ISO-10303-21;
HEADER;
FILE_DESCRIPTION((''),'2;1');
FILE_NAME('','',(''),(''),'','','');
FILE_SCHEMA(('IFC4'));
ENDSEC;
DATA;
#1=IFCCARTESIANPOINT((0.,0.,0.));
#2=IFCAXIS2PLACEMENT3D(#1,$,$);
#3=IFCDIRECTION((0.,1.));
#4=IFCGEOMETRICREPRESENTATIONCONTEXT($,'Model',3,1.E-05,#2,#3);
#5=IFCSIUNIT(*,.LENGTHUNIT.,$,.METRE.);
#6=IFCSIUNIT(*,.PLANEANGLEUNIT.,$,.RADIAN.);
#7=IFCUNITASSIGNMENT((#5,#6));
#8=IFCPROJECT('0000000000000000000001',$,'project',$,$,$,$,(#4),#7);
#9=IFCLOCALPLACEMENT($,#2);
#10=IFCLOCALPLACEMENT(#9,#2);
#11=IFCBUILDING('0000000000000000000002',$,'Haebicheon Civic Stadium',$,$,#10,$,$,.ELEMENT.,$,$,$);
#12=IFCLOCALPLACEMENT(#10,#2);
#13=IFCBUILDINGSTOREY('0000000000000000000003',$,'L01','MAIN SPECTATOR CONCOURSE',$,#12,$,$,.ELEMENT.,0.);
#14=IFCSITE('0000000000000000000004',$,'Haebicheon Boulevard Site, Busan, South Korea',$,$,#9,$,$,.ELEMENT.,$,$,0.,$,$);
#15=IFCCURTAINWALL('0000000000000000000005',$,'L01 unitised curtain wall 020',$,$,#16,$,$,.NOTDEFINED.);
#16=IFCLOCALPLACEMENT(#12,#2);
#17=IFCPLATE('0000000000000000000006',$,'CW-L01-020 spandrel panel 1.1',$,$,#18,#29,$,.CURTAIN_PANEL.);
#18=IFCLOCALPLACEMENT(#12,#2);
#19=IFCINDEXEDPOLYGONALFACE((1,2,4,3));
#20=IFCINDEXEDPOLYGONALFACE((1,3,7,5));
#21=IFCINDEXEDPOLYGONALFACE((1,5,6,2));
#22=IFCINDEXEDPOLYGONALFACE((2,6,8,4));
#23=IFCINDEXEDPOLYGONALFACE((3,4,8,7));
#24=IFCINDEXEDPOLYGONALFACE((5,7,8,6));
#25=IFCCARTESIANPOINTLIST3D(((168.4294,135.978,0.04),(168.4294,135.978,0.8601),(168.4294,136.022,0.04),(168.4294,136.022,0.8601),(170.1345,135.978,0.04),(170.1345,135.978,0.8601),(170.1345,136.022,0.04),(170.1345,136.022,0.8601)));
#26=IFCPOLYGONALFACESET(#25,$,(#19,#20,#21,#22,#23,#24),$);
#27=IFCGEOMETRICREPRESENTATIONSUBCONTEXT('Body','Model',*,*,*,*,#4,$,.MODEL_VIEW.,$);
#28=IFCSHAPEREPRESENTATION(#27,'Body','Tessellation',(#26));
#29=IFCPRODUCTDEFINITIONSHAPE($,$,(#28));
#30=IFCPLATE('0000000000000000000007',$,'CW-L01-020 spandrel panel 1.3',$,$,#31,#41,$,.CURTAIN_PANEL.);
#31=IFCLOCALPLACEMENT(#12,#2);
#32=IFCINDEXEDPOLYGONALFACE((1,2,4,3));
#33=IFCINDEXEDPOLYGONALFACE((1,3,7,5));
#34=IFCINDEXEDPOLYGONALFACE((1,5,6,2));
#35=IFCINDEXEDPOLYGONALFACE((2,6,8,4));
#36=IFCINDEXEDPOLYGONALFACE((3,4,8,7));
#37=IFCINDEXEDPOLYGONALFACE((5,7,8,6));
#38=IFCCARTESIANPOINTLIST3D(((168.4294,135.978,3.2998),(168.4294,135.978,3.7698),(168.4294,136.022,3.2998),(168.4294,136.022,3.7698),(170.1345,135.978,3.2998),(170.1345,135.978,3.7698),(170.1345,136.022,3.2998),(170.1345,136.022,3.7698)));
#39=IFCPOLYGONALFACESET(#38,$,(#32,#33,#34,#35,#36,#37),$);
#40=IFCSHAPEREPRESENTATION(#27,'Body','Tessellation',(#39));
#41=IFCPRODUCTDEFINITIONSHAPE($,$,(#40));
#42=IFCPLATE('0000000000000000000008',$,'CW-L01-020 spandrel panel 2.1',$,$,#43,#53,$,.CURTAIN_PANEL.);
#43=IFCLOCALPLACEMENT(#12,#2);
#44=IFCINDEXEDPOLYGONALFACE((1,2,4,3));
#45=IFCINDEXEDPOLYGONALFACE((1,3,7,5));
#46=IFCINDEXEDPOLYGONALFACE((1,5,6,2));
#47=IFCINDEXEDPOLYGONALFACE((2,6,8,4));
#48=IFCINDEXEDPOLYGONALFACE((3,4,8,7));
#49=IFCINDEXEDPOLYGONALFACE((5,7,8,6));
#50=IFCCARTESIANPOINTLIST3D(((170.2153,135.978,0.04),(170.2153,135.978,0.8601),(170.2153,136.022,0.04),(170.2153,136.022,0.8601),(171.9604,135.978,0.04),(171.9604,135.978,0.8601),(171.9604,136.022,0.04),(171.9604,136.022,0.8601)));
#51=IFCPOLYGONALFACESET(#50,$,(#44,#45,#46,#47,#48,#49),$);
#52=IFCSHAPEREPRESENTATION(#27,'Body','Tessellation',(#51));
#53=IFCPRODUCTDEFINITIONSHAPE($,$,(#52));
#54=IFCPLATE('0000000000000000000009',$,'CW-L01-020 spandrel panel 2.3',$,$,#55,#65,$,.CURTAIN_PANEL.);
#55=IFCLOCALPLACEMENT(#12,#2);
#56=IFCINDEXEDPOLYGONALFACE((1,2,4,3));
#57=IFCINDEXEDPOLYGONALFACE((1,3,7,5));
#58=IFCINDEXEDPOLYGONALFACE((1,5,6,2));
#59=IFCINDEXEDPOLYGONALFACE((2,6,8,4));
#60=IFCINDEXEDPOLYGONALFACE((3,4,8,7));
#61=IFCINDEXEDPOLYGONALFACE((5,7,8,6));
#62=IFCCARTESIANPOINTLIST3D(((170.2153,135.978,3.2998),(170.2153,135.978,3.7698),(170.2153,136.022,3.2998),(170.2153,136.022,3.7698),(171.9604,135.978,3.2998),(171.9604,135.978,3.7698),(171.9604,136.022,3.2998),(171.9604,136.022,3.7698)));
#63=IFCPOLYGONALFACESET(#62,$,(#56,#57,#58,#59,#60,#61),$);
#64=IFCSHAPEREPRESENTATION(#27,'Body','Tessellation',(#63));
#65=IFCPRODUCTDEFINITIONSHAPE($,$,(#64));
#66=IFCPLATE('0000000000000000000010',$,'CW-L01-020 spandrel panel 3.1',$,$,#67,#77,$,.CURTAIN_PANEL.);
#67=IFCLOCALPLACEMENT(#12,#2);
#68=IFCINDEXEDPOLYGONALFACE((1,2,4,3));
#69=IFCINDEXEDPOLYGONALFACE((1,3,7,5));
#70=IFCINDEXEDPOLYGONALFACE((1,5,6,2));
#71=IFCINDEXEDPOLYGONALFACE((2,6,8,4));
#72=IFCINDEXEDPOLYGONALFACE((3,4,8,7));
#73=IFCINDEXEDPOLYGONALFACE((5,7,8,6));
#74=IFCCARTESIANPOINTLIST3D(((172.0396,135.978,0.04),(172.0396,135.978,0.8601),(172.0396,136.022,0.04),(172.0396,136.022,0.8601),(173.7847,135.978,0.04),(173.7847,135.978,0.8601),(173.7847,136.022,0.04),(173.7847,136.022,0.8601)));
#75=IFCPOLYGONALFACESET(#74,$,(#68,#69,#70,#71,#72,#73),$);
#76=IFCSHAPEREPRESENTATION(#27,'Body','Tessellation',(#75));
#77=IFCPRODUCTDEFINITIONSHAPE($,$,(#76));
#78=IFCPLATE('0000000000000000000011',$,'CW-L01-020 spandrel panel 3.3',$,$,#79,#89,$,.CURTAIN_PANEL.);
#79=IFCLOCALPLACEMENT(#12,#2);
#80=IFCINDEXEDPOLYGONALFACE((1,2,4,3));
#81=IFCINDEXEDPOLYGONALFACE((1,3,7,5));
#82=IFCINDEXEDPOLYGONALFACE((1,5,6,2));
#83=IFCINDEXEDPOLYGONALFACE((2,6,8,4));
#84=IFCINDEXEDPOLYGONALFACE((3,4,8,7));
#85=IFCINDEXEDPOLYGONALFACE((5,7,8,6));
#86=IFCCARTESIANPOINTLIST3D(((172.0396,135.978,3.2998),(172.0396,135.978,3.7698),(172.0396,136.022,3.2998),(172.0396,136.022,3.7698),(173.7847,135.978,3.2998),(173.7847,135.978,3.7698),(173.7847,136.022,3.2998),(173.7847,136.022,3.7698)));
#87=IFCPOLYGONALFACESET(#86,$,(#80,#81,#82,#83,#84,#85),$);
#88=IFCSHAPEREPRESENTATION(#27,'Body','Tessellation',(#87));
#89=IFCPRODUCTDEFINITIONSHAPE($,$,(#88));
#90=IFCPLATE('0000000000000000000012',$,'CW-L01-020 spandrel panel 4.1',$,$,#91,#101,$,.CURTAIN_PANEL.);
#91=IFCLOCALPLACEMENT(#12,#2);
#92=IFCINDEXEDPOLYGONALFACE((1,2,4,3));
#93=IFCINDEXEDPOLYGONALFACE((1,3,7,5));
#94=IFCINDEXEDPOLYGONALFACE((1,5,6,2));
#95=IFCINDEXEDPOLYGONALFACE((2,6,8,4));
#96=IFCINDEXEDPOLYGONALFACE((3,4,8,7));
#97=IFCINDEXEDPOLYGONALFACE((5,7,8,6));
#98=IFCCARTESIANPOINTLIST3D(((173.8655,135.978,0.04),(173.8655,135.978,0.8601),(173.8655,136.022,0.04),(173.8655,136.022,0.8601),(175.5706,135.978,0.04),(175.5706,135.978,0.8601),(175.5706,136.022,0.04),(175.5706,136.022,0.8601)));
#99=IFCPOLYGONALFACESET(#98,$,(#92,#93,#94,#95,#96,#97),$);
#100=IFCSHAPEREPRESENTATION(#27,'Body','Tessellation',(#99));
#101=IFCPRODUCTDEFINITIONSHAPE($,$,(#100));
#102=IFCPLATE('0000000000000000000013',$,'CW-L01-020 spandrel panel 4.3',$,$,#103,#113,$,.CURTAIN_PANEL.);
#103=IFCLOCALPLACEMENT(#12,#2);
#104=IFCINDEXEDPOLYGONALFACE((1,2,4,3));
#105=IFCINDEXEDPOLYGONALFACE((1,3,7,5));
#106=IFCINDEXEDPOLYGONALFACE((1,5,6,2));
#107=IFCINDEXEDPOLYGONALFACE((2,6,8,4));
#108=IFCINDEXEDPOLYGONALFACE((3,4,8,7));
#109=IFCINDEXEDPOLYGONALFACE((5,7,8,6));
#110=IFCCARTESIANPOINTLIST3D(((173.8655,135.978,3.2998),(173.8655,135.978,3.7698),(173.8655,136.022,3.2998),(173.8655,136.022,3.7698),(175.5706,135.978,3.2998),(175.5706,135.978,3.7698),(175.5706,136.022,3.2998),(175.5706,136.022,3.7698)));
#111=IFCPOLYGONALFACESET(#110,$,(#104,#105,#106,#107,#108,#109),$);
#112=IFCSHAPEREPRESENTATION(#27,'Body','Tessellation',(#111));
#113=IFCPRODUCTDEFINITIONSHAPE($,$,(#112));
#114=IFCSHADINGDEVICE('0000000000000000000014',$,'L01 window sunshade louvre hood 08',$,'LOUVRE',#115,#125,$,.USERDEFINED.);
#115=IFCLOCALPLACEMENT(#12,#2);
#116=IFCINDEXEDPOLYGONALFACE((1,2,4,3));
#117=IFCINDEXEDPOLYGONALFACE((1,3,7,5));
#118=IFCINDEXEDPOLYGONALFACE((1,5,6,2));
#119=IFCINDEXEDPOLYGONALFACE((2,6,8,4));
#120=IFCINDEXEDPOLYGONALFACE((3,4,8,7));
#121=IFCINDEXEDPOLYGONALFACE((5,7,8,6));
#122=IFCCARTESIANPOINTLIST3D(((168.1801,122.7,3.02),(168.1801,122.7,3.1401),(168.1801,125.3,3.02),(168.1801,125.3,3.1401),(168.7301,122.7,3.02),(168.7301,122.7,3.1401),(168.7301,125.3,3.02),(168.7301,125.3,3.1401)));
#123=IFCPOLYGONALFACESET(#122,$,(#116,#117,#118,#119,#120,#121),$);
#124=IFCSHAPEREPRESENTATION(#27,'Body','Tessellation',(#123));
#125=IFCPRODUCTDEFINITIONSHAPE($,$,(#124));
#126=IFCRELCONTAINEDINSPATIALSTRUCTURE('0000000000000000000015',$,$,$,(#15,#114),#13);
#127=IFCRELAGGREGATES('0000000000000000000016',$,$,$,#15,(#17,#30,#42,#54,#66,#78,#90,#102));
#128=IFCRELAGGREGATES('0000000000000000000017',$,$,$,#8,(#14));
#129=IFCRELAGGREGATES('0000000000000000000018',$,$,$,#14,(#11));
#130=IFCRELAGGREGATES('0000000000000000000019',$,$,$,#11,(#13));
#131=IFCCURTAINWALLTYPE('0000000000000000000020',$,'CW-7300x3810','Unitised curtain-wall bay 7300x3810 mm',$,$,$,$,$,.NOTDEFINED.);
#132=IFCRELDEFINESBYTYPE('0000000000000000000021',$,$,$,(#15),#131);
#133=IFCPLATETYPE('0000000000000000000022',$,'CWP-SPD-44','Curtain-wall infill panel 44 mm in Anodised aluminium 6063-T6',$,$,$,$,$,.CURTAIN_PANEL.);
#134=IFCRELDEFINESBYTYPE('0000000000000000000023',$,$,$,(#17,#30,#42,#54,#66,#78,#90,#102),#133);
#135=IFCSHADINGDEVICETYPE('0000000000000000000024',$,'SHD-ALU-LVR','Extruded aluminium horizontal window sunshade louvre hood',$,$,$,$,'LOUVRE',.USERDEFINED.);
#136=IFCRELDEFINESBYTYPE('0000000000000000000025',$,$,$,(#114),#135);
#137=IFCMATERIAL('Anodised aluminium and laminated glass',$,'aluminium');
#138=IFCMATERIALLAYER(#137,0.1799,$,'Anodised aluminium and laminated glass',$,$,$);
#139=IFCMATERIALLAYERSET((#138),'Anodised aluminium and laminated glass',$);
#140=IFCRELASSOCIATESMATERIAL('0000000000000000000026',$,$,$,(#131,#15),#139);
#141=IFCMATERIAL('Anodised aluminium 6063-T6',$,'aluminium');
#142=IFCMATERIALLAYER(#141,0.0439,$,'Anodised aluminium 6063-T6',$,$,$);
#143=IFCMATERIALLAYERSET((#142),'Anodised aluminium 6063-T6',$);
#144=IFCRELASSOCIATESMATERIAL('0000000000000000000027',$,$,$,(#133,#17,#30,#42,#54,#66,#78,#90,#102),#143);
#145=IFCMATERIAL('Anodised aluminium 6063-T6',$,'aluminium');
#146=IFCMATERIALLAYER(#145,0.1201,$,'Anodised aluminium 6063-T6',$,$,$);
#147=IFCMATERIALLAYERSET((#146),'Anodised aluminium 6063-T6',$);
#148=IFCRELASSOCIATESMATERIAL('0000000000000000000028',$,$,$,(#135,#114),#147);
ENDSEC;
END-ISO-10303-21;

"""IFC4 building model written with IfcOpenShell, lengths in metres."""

from ifc_helpers import new_model, si_unit, direction, frame, origin, origin_2d, place, context, subcontext, project, spatial, rectangle, extrude, material, layer, layer_set, type_object, element, aggregate, save


model = new_model("IFC4")

# Units and contexts
model_context = context("Model", 3, precision=1e-05, world=origin(), true_north=direction((0.0, 1.0)))
body_context = subcontext(model_context, "Body", "Model", "MODEL_VIEW")
ifc_project = project(units=[si_unit("LENGTHUNIT", "METRE"), si_unit("PLANEANGLEUNIT", "RADIAN")], contexts=[model_context])

# Site, building, storey
site_placement = place(None, origin())
site = spatial("IfcSite", under=ifc_project, at=site_placement, Name="Haebicheon Boulevard Site, Busan, South Korea", CompositionType="ELEMENT", RefElevation=0.0)
building_placement = place(site_placement, origin())
building = spatial("IfcBuilding", under=site, at=building_placement, Name="Haebicheon Civic Stadium", CompositionType="ELEMENT")
storey_placement = place(building_placement, origin())
storey = spatial("IfcBuildingStorey", under=building, at=storey_placement, Name="L01", Description="MAIN SPECTATOR CONCOURSE", CompositionType="ELEMENT", Elevation=0.0)

# Curtain wall, plates
ifc_material_1 = material(Name="Anodised aluminium and laminated glass", Category="aluminium")
ifc_layer_1 = layer(ifc_material_1, 0.1799, Name="Anodised aluminium and laminated glass")
ifc_layer_set_1 = layer_set([ifc_layer_1], Name="Anodised aluminium and laminated glass")
curtain_wall_type = type_object("IfcCurtainWallType", Name="CW-7300x3810", Description="Unitised curtain-wall bay 7300x3810 mm", PredefinedType="NOTDEFINED", material=ifc_layer_set_1)
curtain_wall_placement = place(storey_placement, origin())
curtain_wall = element("IfcCurtainWall", 1, at=curtain_wall_placement, inside=storey, type_object=curtain_wall_type, material=ifc_layer_set_1, Name="L01 unitised curtain wall 020", PredefinedType="NOTDEFINED")
ifc_material_2 = material(Name="Anodised aluminium 6063-T6", Category="aluminium")
ifc_layer_2 = layer(ifc_material_2, 0.0439, Name="Anodised aluminium 6063-T6")
ifc_layer_set_2 = layer_set([ifc_layer_2], Name="Anodised aluminium 6063-T6")
plate_type_1 = type_object("IfcPlateType", Name="CWP-SPD-44", Description="Curtain-wall infill panel 44 mm in Anodised aluminium 6063-T6", PredefinedType="CURTAIN_PANEL", material=ifc_layer_set_2)
plate_1_placement = place(storey_placement, frame((169.282, 136.0, 0.04), z_axis=(0.0, 0.0, 1.0), x_axis=(1.0, 0.0, 0.0)))
plate_1 = element("IfcPlate", 2, at=plate_1_placement, type_object=plate_type_1, material=ifc_layer_set_2, Name="CW-L01-020 spandrel panel 1.1", PredefinedType="CURTAIN_PANEL", context=body_context, shape_type="SweptSolid", body=[
    extrude(rectangle(XDim=1.7051, YDim=0.0439, at=origin_2d()), origin(), (0.0, 0.0, 1.0), 0.8201),
])
plate_2_placement = place(storey_placement, frame((169.282, 136.0, 3.2998), z_axis=(0.0, 0.0, 1.0), x_axis=(1.0, 0.0, 0.0)))
plate_2 = element("IfcPlate", 3, at=plate_2_placement, type_object=plate_type_1, material=ifc_layer_set_2, Name="CW-L01-020 spandrel panel 1.3", PredefinedType="CURTAIN_PANEL", context=body_context, shape_type="SweptSolid", body=[
    extrude(rectangle(XDim=1.7051, YDim=0.0439, at=origin_2d()), origin(), (0.0, 0.0, 1.0), 0.47),
])
plate_3_placement = place(storey_placement, frame((171.0879, 136.0, 0.04), z_axis=(0.0, 0.0, 1.0), x_axis=(1.0, 0.0, 0.0)))
plate_3 = element("IfcPlate", 4, at=plate_3_placement, type_object=plate_type_1, material=ifc_layer_set_2, Name="CW-L01-020 spandrel panel 2.1", PredefinedType="CURTAIN_PANEL", context=body_context, shape_type="SweptSolid", body=[
    extrude(rectangle(XDim=1.7451, YDim=0.0439, at=origin_2d()), origin(), (0.0, 0.0, 1.0), 0.8201),
])
plate_4_placement = place(storey_placement, frame((171.0879, 136.0, 3.2998), z_axis=(0.0, 0.0, 1.0), x_axis=(1.0, 0.0, 0.0)))
plate_4 = element("IfcPlate", 5, at=plate_4_placement, type_object=plate_type_1, material=ifc_layer_set_2, Name="CW-L01-020 spandrel panel 2.3", PredefinedType="CURTAIN_PANEL", context=body_context, shape_type="SweptSolid", body=[
    extrude(rectangle(XDim=1.7451, YDim=0.0439, at=origin_2d()), origin(), (0.0, 0.0, 1.0), 0.47),
])
plate_5_placement = place(storey_placement, frame((172.9121, 136.0, 0.04), z_axis=(0.0, 0.0, 1.0), x_axis=(1.0, 0.0, 0.0)))
plate_5 = element("IfcPlate", 6, at=plate_5_placement, type_object=plate_type_1, material=ifc_layer_set_2, Name="CW-L01-020 spandrel panel 3.1", PredefinedType="CURTAIN_PANEL", context=body_context, shape_type="SweptSolid", body=[
    extrude(rectangle(XDim=1.7451, YDim=0.0439, at=origin_2d()), origin(), (0.0, 0.0, 1.0), 0.8201),
])
plate_6_placement = place(storey_placement, frame((172.9121, 136.0, 3.2998), z_axis=(0.0, 0.0, 1.0), x_axis=(1.0, 0.0, 0.0)))
plate_6 = element("IfcPlate", 7, at=plate_6_placement, type_object=plate_type_1, material=ifc_layer_set_2, Name="CW-L01-020 spandrel panel 3.3", PredefinedType="CURTAIN_PANEL", context=body_context, shape_type="SweptSolid", body=[
    extrude(rectangle(XDim=1.7451, YDim=0.0439, at=origin_2d()), origin(), (0.0, 0.0, 1.0), 0.47),
])
plate_7_placement = place(storey_placement, frame((174.718, 136.0, 0.04), z_axis=(0.0, 0.0, 1.0), x_axis=(1.0, 0.0, 0.0)))
plate_7 = element("IfcPlate", 8, at=plate_7_placement, type_object=plate_type_1, material=ifc_layer_set_2, Name="CW-L01-020 spandrel panel 4.1", PredefinedType="CURTAIN_PANEL", context=body_context, shape_type="SweptSolid", body=[
    extrude(rectangle(XDim=1.7051, YDim=0.0439, at=origin_2d()), origin(), (0.0, 0.0, 1.0), 0.8201),
])
plate_8_placement = place(storey_placement, frame((174.718, 136.0, 3.2998), z_axis=(0.0, 0.0, 1.0), x_axis=(1.0, 0.0, 0.0)))
plate_8 = element("IfcPlate", 9, at=plate_8_placement, type_object=plate_type_1, material=ifc_layer_set_2, Name="CW-L01-020 spandrel panel 4.3", PredefinedType="CURTAIN_PANEL", context=body_context, shape_type="SweptSolid", body=[
    extrude(rectangle(XDim=1.7051, YDim=0.0439, at=origin_2d()), origin(), (0.0, 0.0, 1.0), 0.47),
])
aggregate(curtain_wall, [plate_1, plate_2, plate_3, plate_4, plate_5, plate_6, plate_7, plate_8])

# Shading device
ifc_material_3 = material(Name="Anodised aluminium 6063-T6", Category="aluminium")
ifc_layer_3 = layer(ifc_material_3, 0.1201, Name="Anodised aluminium 6063-T6")
ifc_layer_set_3 = layer_set([ifc_layer_3], Name="Anodised aluminium 6063-T6")
shading_device_type = type_object("IfcShadingDeviceType", Name="SHD-ALU-LVR", Description="Extruded aluminium horizontal window sunshade louvre hood", ElementType="LOUVRE", PredefinedType="USERDEFINED", material=ifc_layer_set_3)
shading_device_placement = place(storey_placement, frame((168.4551, 124.0, 3.02), z_axis=(0.0, 0.0, 1.0), x_axis=(1.0, 0.0, 0.0)))
element("IfcShadingDevice", 10, at=shading_device_placement, inside=storey, type_object=shading_device_type, material=ifc_layer_set_3, Name="L01 window sunshade louvre hood 08", ObjectType="LOUVRE", PredefinedType="USERDEFINED", context=body_context, shape_type="SweptSolid", body=[
    extrude(rectangle(XDim=0.55, YDim=2.6001, at=origin_2d()), origin(), (0.0, 0.0, 1.0), 0.1201),
])

save(model, "model.ifc")
